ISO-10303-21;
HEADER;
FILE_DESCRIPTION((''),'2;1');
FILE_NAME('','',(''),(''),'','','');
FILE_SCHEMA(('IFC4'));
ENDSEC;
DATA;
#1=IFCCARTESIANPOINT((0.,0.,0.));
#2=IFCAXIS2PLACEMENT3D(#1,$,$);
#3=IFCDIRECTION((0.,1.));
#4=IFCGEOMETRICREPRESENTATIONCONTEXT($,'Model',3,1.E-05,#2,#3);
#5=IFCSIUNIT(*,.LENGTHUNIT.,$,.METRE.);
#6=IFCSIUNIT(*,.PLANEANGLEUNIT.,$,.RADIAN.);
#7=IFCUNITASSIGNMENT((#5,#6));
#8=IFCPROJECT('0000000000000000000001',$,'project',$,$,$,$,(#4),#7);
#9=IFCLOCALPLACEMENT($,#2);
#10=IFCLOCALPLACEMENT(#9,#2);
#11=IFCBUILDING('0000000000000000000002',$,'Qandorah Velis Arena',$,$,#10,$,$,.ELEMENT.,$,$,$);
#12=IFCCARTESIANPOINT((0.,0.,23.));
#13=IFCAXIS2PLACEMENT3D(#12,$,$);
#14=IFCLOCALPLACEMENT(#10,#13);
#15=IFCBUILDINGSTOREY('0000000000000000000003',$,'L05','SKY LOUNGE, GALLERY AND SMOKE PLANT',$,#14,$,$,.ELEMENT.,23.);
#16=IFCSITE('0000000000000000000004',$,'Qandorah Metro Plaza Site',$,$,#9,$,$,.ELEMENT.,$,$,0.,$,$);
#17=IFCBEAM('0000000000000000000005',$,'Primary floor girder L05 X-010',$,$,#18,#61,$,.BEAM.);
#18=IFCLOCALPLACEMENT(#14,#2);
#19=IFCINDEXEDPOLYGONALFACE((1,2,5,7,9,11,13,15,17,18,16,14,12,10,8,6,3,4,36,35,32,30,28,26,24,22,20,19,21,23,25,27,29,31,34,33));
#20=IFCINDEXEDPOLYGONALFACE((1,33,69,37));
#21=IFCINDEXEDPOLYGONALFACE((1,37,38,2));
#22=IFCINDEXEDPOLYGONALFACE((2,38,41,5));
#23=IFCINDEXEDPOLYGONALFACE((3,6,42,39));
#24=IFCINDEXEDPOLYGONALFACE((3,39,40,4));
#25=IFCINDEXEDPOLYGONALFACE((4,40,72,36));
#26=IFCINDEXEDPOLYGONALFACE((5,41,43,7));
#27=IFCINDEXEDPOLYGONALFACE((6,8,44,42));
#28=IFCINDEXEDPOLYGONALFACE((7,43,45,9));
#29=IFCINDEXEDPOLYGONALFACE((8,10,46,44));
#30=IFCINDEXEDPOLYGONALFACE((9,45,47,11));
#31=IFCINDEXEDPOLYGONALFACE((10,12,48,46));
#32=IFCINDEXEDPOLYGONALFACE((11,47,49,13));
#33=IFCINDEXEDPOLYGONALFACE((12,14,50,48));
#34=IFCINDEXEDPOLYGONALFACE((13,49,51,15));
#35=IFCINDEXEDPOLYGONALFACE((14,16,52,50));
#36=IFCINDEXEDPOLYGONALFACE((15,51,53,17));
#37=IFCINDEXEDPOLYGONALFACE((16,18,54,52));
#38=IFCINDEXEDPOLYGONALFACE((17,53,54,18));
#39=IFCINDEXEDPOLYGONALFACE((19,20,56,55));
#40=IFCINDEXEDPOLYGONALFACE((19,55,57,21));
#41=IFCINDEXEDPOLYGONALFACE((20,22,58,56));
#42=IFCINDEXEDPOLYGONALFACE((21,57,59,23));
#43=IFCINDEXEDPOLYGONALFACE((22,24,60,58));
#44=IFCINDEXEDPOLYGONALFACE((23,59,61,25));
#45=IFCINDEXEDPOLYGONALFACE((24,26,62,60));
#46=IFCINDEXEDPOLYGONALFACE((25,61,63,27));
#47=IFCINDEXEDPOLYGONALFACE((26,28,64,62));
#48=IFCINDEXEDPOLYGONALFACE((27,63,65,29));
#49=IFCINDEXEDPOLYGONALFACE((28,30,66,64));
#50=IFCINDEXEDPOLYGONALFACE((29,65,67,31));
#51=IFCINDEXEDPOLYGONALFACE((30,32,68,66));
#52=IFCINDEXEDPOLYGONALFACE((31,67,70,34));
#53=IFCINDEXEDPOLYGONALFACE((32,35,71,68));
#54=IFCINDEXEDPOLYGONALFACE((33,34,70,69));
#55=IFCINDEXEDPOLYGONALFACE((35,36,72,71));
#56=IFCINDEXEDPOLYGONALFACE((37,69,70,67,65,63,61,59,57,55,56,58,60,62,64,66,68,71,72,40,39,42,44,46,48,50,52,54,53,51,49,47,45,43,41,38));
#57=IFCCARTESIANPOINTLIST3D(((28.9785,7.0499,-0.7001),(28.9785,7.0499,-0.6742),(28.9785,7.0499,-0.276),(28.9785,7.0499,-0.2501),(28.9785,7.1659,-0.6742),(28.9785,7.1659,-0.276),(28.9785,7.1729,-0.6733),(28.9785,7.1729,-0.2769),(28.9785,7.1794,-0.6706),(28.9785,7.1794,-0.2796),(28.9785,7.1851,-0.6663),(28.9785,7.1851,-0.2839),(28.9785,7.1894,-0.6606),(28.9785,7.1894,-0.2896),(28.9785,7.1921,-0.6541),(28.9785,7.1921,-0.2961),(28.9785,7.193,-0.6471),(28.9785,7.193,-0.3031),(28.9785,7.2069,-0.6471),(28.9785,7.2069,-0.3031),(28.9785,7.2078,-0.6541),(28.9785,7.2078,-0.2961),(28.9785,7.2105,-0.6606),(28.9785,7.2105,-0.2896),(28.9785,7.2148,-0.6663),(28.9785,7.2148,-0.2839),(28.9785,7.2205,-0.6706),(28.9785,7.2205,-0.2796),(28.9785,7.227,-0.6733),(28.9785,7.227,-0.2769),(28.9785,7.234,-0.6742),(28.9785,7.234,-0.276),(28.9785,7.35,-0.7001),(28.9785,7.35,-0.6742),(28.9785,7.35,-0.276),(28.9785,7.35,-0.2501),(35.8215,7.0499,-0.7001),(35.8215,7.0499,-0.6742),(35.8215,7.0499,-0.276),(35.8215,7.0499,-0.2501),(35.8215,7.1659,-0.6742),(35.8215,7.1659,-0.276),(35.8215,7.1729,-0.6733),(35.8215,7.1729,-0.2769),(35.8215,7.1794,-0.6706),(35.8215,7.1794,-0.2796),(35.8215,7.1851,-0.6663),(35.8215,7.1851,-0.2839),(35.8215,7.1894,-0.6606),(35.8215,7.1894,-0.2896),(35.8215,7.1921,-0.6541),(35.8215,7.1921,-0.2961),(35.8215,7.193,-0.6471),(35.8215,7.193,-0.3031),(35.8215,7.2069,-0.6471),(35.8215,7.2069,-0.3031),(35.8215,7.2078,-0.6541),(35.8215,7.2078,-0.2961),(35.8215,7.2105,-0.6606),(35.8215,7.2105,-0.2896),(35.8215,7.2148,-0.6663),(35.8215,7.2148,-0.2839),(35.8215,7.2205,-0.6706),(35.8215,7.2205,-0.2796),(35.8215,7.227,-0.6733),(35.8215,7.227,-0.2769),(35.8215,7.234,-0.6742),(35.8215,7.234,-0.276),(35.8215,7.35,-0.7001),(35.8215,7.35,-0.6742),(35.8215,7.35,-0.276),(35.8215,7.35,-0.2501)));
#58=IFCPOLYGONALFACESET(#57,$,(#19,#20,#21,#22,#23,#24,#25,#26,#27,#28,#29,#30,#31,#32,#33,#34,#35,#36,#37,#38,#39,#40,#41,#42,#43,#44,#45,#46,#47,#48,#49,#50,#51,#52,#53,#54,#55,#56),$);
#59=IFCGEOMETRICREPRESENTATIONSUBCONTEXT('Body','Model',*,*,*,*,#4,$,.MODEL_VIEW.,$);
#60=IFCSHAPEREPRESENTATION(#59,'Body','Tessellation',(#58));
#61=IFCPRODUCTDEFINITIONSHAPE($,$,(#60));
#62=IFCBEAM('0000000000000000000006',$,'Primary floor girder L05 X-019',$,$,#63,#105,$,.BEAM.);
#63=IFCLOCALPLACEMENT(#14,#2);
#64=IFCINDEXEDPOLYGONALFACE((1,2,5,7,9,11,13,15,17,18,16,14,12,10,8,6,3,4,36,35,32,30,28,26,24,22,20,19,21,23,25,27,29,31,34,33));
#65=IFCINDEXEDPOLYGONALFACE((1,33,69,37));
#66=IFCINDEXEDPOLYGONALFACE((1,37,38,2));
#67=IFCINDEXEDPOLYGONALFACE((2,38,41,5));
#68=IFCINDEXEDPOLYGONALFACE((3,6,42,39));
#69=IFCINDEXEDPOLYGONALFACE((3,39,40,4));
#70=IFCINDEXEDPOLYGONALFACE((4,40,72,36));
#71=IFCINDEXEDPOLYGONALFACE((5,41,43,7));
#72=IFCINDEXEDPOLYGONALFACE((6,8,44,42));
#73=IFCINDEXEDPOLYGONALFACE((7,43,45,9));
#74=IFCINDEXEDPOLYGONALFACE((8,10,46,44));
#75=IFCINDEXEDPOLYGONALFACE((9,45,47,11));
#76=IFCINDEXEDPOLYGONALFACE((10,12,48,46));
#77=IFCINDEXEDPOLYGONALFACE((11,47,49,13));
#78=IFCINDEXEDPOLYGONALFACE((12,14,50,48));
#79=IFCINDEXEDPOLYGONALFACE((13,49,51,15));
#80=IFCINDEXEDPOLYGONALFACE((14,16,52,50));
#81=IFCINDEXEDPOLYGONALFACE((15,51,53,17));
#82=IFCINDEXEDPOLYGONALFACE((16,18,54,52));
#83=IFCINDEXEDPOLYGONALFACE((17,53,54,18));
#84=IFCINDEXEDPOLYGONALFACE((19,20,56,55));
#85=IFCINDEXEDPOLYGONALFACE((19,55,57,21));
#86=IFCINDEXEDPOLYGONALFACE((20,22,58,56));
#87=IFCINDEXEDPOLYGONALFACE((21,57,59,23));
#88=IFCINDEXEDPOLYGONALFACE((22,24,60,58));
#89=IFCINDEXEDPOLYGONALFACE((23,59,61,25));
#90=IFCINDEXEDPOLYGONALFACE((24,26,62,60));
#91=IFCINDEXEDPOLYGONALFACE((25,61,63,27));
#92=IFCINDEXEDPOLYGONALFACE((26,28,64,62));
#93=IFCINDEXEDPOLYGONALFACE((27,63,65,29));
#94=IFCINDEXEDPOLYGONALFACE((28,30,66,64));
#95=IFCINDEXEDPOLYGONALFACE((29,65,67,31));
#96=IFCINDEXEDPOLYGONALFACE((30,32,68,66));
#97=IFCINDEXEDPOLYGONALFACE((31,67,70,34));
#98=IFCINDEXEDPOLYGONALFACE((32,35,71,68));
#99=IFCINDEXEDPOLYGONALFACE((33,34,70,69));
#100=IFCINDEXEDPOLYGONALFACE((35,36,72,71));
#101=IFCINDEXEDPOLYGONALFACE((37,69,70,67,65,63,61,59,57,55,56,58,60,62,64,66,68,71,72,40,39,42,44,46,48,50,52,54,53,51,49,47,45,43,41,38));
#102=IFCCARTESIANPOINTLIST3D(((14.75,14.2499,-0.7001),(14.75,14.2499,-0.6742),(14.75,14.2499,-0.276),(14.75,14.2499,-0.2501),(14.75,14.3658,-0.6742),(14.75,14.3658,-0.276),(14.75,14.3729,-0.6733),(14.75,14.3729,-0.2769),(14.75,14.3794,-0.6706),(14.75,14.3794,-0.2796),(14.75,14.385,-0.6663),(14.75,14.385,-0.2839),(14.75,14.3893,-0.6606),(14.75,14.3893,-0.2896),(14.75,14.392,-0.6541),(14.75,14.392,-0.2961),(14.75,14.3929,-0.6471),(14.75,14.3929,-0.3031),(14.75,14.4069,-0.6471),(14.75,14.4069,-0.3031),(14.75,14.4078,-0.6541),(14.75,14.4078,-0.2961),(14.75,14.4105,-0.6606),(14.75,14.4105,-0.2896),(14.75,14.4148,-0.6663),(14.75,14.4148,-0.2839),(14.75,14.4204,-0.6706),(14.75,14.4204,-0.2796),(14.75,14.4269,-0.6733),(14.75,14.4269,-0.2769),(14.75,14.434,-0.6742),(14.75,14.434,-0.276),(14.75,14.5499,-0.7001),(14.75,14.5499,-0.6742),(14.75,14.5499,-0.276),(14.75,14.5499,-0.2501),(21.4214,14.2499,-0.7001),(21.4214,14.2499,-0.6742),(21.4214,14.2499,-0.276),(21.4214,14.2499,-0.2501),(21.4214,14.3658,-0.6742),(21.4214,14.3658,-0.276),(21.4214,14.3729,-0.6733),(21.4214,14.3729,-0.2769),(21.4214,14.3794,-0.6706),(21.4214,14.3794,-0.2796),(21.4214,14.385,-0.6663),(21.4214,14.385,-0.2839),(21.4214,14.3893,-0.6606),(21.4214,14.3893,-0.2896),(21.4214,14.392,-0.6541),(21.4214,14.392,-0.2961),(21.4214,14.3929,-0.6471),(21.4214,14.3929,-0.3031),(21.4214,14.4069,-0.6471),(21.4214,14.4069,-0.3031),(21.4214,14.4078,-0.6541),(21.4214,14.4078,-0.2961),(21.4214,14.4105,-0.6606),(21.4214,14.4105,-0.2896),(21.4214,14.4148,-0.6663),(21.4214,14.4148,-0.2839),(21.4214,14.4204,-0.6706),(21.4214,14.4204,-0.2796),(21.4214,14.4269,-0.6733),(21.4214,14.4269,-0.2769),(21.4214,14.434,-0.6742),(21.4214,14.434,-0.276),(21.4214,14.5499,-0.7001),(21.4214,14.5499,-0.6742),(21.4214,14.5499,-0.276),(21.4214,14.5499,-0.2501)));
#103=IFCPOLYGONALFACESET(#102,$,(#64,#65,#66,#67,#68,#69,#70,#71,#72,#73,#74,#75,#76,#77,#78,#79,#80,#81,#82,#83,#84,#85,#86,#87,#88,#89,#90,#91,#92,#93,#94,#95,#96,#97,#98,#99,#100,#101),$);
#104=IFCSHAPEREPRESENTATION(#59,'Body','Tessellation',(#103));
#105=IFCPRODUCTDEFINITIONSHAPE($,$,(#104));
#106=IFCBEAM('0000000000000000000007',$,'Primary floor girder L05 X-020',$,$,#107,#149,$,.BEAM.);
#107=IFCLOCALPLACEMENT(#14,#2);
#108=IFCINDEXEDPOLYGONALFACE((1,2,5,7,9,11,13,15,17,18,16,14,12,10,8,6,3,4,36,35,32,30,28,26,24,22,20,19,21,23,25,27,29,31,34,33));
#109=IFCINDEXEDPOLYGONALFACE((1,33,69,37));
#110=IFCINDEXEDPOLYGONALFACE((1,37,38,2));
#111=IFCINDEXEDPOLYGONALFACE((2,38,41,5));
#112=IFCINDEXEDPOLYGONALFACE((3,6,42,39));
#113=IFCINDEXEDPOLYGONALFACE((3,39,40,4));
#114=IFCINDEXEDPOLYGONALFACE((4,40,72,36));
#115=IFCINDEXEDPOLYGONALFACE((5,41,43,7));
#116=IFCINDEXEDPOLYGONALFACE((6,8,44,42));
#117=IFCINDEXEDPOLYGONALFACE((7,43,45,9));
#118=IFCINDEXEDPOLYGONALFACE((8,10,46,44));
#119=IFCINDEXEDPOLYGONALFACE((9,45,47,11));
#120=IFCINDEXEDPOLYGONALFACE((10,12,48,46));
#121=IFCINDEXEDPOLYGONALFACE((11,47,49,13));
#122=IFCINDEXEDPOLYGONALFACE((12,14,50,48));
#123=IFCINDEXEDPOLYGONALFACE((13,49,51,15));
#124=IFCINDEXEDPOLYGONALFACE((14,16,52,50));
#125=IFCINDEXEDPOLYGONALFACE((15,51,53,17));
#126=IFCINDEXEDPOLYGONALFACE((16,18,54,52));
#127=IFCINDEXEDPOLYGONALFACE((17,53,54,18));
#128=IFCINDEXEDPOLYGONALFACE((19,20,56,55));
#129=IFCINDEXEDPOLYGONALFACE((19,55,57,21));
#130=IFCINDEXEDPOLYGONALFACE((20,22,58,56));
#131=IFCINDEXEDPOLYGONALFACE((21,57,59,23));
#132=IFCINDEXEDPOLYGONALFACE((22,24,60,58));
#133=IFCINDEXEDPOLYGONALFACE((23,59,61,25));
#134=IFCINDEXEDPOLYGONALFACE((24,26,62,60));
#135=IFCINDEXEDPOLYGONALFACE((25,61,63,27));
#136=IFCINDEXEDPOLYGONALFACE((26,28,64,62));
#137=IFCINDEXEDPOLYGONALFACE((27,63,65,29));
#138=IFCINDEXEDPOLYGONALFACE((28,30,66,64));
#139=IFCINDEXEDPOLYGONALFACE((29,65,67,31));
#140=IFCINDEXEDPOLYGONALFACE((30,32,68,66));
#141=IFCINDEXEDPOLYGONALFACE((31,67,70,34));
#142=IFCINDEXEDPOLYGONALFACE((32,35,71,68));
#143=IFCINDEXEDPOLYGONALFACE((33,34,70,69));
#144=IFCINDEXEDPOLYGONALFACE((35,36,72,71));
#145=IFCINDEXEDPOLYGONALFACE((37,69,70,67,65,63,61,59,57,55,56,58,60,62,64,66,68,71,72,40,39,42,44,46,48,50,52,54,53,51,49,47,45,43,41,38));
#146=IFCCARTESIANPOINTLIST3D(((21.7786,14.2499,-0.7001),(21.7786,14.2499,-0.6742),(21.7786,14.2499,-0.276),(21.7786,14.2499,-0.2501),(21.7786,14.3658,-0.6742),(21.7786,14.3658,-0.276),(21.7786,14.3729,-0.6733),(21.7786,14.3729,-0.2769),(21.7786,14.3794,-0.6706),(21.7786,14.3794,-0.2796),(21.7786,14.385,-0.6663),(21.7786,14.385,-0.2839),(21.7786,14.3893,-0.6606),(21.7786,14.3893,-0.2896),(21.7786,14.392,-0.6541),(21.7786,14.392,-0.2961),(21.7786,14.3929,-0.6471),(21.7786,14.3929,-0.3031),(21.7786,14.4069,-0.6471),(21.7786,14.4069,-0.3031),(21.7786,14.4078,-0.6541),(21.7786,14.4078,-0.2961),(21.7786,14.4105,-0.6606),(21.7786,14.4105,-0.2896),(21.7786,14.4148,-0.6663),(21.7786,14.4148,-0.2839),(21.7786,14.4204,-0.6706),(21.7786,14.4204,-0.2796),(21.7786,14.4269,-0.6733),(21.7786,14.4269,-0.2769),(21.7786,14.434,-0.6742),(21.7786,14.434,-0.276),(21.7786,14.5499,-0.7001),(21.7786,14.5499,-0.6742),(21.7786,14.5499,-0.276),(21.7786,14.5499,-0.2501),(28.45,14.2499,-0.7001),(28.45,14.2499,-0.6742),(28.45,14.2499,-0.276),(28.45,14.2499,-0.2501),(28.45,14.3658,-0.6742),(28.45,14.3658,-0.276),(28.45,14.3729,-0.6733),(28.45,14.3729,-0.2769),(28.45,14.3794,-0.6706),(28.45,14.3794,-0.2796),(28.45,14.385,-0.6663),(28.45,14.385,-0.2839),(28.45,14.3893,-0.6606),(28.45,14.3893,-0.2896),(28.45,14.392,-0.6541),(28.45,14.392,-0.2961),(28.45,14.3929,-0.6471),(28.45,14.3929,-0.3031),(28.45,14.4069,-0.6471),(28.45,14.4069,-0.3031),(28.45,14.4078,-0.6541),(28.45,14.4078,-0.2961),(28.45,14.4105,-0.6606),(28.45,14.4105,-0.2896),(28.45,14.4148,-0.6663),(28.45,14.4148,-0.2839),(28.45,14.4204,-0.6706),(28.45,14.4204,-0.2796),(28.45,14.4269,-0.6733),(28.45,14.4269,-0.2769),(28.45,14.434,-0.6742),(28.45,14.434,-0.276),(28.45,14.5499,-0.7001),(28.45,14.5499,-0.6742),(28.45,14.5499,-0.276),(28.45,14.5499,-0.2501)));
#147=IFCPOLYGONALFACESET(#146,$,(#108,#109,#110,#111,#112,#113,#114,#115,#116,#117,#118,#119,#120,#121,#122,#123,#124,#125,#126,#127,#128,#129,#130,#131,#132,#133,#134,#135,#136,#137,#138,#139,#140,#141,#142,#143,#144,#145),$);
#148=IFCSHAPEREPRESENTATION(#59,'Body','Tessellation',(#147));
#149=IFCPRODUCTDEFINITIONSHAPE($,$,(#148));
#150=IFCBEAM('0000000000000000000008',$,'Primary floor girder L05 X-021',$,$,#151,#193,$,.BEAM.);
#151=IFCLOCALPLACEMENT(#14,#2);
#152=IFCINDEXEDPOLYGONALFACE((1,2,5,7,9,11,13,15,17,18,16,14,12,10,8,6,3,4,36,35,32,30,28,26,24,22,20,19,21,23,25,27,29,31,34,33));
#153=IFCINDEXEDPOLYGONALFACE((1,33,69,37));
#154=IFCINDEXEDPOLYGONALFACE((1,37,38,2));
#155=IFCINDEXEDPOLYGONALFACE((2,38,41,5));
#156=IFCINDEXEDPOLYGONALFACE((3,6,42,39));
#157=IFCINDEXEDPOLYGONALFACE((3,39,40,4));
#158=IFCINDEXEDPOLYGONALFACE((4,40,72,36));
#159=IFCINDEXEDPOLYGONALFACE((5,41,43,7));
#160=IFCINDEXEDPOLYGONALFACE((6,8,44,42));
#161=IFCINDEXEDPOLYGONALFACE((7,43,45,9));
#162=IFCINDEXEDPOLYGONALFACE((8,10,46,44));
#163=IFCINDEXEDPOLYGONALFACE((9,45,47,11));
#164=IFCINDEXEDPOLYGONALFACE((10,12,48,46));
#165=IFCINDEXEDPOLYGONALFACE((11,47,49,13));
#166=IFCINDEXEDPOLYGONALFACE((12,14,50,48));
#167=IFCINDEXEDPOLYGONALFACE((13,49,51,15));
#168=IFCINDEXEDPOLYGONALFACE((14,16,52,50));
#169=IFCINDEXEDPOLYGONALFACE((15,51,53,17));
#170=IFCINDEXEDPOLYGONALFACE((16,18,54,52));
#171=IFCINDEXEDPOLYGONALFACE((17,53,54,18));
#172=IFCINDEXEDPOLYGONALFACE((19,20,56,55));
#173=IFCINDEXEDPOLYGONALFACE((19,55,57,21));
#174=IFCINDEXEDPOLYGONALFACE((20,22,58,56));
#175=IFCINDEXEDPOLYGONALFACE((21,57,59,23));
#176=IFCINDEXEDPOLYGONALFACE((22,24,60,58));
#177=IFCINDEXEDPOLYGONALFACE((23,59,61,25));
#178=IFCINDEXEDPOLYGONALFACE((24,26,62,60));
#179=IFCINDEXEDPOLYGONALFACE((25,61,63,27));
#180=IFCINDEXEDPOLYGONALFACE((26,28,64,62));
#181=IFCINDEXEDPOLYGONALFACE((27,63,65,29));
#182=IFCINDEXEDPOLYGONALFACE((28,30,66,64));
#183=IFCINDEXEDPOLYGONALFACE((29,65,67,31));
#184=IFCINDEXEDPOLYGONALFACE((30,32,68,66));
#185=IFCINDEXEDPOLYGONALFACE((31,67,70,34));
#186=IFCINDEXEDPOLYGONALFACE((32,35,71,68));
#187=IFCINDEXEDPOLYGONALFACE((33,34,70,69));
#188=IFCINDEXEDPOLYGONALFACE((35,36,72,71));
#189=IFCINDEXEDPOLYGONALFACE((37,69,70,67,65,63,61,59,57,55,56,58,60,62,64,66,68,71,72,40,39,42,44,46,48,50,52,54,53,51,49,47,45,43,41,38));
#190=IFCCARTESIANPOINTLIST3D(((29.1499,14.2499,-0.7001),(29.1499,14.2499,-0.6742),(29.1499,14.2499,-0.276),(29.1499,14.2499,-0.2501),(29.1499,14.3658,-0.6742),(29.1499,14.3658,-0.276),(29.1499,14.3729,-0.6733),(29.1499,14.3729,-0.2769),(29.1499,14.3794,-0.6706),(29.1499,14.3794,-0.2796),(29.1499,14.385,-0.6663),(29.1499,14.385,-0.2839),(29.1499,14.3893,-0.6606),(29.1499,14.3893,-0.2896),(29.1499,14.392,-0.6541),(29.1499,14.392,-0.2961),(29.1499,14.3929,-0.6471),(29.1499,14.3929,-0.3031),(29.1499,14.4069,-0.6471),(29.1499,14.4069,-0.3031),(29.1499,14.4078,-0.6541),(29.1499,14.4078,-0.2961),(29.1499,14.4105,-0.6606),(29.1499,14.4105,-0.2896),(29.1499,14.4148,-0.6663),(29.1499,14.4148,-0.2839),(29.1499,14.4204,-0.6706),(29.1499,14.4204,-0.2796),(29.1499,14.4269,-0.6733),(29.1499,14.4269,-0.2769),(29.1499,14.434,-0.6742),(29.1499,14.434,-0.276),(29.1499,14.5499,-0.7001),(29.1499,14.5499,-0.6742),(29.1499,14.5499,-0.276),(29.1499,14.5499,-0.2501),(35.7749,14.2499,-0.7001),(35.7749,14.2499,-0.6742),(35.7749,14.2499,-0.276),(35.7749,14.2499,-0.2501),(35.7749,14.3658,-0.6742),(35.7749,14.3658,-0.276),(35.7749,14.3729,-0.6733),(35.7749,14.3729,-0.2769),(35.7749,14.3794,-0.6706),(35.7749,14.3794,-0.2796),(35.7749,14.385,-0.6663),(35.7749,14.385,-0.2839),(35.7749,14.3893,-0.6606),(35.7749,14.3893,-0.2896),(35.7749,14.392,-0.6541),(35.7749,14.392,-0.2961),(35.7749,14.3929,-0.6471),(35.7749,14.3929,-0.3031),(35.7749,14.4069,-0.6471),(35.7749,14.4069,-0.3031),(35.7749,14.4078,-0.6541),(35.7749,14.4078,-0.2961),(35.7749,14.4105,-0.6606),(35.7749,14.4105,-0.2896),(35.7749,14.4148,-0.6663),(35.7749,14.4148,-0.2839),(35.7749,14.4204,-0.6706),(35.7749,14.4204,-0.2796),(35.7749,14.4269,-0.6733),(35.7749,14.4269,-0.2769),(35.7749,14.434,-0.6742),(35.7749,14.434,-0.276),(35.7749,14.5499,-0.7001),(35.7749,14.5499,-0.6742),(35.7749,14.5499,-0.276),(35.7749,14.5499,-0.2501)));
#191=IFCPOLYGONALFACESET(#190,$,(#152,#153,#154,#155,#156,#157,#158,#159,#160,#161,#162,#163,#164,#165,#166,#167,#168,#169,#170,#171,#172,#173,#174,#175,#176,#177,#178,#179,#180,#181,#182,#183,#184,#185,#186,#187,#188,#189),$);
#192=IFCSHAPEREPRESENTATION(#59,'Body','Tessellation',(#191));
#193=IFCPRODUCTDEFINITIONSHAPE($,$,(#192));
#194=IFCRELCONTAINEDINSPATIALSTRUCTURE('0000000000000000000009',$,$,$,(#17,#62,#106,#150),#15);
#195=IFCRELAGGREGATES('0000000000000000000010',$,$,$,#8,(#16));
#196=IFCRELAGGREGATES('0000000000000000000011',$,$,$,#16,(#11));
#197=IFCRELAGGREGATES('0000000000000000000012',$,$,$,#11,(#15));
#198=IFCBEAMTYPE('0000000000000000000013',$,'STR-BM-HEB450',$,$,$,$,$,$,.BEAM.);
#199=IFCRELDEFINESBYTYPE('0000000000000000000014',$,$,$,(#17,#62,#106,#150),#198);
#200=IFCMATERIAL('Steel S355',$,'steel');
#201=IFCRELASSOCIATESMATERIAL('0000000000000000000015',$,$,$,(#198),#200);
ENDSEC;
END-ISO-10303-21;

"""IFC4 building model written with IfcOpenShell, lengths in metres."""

from ifc_helpers import new_model, si_unit, direction, frame, origin, origin_2d, place, context, subcontext, project, spatial, i_section, extrude, material, material_profile, profile_set, type_object, element, save


model = new_model("IFC4")

# Units and contexts
model_context = context("Model", 3, precision=1e-05, world=origin(), true_north=direction((0.0, 1.0)))
body_context = subcontext(model_context, "Body", "Model", "MODEL_VIEW")
ifc_project = project(units=[si_unit("LENGTHUNIT", "METRE"), si_unit("PLANEANGLEUNIT", "RADIAN")], contexts=[model_context])

# Site, building, storey
site_placement = place(None, origin())
site = spatial("IfcSite", under=ifc_project, at=site_placement, Name="Qandorah Metro Plaza Site", CompositionType="ELEMENT", RefElevation=0.0)
building_placement = place(site_placement, origin())
building = spatial("IfcBuilding", under=site, at=building_placement, Name="Qandorah Velis Arena", CompositionType="ELEMENT")
storey_placement = place(building_placement, frame((0.0, 0.0, 23.0)))
storey = spatial("IfcBuildingStorey", under=building, at=storey_placement, Name="L05", Description="SKY LOUNGE, GALLERY AND SMOKE PLANT", CompositionType="ELEMENT", Elevation=23.0)

# Beams
ifc_material_1 = material(Name="Steel S355", Category="steel")
ifc_material_profile_1 = material_profile(ifc_material_1, i_section(OverallWidth=0.3, OverallDepth=0.45, WebThickness=0.0139, FlangeThickness=0.0259, FilletRadius=0.0271, at=origin_2d()), Name="HEB 450")
ifc_profile_set_1 = profile_set([ifc_material_profile_1], Name="Steel S355")
beam_type_1 = type_object("IfcBeamType", Name="STR-BM-HEB450", PredefinedType="BEAM", material=ifc_profile_set_1)
beam_1_placement = place(storey_placement, frame((28.9785, 7.2, -0.4751), z_axis=(1.0, 0.0, 0.0), x_axis=(0.0, 1.0, 0.0)))
element("IfcBeam", 1, at=beam_1_placement, inside=storey, type_object=beam_type_1, Name="Primary floor girder L05 X-010", PredefinedType="BEAM", context=body_context, shape_type="SweptSolid", body=[
    extrude(i_section(OverallWidth=0.3, OverallDepth=0.45, WebThickness=0.0139, FlangeThickness=0.0259, FilletRadius=0.0271, at=origin_2d()), origin(), (0.0, 0.0, 1.0), 6.843),
])
for number, where, z_axis, x_axis, name in (
    (2, (14.75, 14.3999, -0.4751), (1.0, 0.0, 0.0), (0.0, 1.0, 0.0), "Primary floor girder L05 X-019"),
    (3, (21.7786, 14.3999, -0.4751), (1.0, 0.0, 0.0), (0.0, 1.0, 0.0), "Primary floor girder L05 X-020"),
):
    element("IfcBeam", number, at=place(storey_placement, frame(where, z_axis=z_axis, x_axis=x_axis)), inside=storey, type_object=beam_type_1, Name=name, PredefinedType="BEAM", context=body_context, shape_type="SweptSolid", body=[
        extrude(i_section(OverallWidth=0.3, OverallDepth=0.45, WebThickness=0.0139, FlangeThickness=0.0259, FilletRadius=0.0271, at=origin_2d()), origin(), (0.0, 0.0, 1.0), 6.6714),
    ])
beam_2_placement = place(storey_placement, frame((29.1499, 14.3999, -0.4751), z_axis=(1.0, 0.0, 0.0), x_axis=(0.0, 1.0, 0.0)))
element("IfcBeam", 4, at=beam_2_placement, inside=storey, type_object=beam_type_1, Name="Primary floor girder L05 X-021", PredefinedType="BEAM", context=body_context, shape_type="SweptSolid", body=[
    extrude(i_section(OverallWidth=0.3, OverallDepth=0.45, WebThickness=0.0139, FlangeThickness=0.0259, FilletRadius=0.0271, at=origin_2d()), origin(), (0.0, 0.0, 1.0), 6.625),
])

save(model, "model.ifc")
